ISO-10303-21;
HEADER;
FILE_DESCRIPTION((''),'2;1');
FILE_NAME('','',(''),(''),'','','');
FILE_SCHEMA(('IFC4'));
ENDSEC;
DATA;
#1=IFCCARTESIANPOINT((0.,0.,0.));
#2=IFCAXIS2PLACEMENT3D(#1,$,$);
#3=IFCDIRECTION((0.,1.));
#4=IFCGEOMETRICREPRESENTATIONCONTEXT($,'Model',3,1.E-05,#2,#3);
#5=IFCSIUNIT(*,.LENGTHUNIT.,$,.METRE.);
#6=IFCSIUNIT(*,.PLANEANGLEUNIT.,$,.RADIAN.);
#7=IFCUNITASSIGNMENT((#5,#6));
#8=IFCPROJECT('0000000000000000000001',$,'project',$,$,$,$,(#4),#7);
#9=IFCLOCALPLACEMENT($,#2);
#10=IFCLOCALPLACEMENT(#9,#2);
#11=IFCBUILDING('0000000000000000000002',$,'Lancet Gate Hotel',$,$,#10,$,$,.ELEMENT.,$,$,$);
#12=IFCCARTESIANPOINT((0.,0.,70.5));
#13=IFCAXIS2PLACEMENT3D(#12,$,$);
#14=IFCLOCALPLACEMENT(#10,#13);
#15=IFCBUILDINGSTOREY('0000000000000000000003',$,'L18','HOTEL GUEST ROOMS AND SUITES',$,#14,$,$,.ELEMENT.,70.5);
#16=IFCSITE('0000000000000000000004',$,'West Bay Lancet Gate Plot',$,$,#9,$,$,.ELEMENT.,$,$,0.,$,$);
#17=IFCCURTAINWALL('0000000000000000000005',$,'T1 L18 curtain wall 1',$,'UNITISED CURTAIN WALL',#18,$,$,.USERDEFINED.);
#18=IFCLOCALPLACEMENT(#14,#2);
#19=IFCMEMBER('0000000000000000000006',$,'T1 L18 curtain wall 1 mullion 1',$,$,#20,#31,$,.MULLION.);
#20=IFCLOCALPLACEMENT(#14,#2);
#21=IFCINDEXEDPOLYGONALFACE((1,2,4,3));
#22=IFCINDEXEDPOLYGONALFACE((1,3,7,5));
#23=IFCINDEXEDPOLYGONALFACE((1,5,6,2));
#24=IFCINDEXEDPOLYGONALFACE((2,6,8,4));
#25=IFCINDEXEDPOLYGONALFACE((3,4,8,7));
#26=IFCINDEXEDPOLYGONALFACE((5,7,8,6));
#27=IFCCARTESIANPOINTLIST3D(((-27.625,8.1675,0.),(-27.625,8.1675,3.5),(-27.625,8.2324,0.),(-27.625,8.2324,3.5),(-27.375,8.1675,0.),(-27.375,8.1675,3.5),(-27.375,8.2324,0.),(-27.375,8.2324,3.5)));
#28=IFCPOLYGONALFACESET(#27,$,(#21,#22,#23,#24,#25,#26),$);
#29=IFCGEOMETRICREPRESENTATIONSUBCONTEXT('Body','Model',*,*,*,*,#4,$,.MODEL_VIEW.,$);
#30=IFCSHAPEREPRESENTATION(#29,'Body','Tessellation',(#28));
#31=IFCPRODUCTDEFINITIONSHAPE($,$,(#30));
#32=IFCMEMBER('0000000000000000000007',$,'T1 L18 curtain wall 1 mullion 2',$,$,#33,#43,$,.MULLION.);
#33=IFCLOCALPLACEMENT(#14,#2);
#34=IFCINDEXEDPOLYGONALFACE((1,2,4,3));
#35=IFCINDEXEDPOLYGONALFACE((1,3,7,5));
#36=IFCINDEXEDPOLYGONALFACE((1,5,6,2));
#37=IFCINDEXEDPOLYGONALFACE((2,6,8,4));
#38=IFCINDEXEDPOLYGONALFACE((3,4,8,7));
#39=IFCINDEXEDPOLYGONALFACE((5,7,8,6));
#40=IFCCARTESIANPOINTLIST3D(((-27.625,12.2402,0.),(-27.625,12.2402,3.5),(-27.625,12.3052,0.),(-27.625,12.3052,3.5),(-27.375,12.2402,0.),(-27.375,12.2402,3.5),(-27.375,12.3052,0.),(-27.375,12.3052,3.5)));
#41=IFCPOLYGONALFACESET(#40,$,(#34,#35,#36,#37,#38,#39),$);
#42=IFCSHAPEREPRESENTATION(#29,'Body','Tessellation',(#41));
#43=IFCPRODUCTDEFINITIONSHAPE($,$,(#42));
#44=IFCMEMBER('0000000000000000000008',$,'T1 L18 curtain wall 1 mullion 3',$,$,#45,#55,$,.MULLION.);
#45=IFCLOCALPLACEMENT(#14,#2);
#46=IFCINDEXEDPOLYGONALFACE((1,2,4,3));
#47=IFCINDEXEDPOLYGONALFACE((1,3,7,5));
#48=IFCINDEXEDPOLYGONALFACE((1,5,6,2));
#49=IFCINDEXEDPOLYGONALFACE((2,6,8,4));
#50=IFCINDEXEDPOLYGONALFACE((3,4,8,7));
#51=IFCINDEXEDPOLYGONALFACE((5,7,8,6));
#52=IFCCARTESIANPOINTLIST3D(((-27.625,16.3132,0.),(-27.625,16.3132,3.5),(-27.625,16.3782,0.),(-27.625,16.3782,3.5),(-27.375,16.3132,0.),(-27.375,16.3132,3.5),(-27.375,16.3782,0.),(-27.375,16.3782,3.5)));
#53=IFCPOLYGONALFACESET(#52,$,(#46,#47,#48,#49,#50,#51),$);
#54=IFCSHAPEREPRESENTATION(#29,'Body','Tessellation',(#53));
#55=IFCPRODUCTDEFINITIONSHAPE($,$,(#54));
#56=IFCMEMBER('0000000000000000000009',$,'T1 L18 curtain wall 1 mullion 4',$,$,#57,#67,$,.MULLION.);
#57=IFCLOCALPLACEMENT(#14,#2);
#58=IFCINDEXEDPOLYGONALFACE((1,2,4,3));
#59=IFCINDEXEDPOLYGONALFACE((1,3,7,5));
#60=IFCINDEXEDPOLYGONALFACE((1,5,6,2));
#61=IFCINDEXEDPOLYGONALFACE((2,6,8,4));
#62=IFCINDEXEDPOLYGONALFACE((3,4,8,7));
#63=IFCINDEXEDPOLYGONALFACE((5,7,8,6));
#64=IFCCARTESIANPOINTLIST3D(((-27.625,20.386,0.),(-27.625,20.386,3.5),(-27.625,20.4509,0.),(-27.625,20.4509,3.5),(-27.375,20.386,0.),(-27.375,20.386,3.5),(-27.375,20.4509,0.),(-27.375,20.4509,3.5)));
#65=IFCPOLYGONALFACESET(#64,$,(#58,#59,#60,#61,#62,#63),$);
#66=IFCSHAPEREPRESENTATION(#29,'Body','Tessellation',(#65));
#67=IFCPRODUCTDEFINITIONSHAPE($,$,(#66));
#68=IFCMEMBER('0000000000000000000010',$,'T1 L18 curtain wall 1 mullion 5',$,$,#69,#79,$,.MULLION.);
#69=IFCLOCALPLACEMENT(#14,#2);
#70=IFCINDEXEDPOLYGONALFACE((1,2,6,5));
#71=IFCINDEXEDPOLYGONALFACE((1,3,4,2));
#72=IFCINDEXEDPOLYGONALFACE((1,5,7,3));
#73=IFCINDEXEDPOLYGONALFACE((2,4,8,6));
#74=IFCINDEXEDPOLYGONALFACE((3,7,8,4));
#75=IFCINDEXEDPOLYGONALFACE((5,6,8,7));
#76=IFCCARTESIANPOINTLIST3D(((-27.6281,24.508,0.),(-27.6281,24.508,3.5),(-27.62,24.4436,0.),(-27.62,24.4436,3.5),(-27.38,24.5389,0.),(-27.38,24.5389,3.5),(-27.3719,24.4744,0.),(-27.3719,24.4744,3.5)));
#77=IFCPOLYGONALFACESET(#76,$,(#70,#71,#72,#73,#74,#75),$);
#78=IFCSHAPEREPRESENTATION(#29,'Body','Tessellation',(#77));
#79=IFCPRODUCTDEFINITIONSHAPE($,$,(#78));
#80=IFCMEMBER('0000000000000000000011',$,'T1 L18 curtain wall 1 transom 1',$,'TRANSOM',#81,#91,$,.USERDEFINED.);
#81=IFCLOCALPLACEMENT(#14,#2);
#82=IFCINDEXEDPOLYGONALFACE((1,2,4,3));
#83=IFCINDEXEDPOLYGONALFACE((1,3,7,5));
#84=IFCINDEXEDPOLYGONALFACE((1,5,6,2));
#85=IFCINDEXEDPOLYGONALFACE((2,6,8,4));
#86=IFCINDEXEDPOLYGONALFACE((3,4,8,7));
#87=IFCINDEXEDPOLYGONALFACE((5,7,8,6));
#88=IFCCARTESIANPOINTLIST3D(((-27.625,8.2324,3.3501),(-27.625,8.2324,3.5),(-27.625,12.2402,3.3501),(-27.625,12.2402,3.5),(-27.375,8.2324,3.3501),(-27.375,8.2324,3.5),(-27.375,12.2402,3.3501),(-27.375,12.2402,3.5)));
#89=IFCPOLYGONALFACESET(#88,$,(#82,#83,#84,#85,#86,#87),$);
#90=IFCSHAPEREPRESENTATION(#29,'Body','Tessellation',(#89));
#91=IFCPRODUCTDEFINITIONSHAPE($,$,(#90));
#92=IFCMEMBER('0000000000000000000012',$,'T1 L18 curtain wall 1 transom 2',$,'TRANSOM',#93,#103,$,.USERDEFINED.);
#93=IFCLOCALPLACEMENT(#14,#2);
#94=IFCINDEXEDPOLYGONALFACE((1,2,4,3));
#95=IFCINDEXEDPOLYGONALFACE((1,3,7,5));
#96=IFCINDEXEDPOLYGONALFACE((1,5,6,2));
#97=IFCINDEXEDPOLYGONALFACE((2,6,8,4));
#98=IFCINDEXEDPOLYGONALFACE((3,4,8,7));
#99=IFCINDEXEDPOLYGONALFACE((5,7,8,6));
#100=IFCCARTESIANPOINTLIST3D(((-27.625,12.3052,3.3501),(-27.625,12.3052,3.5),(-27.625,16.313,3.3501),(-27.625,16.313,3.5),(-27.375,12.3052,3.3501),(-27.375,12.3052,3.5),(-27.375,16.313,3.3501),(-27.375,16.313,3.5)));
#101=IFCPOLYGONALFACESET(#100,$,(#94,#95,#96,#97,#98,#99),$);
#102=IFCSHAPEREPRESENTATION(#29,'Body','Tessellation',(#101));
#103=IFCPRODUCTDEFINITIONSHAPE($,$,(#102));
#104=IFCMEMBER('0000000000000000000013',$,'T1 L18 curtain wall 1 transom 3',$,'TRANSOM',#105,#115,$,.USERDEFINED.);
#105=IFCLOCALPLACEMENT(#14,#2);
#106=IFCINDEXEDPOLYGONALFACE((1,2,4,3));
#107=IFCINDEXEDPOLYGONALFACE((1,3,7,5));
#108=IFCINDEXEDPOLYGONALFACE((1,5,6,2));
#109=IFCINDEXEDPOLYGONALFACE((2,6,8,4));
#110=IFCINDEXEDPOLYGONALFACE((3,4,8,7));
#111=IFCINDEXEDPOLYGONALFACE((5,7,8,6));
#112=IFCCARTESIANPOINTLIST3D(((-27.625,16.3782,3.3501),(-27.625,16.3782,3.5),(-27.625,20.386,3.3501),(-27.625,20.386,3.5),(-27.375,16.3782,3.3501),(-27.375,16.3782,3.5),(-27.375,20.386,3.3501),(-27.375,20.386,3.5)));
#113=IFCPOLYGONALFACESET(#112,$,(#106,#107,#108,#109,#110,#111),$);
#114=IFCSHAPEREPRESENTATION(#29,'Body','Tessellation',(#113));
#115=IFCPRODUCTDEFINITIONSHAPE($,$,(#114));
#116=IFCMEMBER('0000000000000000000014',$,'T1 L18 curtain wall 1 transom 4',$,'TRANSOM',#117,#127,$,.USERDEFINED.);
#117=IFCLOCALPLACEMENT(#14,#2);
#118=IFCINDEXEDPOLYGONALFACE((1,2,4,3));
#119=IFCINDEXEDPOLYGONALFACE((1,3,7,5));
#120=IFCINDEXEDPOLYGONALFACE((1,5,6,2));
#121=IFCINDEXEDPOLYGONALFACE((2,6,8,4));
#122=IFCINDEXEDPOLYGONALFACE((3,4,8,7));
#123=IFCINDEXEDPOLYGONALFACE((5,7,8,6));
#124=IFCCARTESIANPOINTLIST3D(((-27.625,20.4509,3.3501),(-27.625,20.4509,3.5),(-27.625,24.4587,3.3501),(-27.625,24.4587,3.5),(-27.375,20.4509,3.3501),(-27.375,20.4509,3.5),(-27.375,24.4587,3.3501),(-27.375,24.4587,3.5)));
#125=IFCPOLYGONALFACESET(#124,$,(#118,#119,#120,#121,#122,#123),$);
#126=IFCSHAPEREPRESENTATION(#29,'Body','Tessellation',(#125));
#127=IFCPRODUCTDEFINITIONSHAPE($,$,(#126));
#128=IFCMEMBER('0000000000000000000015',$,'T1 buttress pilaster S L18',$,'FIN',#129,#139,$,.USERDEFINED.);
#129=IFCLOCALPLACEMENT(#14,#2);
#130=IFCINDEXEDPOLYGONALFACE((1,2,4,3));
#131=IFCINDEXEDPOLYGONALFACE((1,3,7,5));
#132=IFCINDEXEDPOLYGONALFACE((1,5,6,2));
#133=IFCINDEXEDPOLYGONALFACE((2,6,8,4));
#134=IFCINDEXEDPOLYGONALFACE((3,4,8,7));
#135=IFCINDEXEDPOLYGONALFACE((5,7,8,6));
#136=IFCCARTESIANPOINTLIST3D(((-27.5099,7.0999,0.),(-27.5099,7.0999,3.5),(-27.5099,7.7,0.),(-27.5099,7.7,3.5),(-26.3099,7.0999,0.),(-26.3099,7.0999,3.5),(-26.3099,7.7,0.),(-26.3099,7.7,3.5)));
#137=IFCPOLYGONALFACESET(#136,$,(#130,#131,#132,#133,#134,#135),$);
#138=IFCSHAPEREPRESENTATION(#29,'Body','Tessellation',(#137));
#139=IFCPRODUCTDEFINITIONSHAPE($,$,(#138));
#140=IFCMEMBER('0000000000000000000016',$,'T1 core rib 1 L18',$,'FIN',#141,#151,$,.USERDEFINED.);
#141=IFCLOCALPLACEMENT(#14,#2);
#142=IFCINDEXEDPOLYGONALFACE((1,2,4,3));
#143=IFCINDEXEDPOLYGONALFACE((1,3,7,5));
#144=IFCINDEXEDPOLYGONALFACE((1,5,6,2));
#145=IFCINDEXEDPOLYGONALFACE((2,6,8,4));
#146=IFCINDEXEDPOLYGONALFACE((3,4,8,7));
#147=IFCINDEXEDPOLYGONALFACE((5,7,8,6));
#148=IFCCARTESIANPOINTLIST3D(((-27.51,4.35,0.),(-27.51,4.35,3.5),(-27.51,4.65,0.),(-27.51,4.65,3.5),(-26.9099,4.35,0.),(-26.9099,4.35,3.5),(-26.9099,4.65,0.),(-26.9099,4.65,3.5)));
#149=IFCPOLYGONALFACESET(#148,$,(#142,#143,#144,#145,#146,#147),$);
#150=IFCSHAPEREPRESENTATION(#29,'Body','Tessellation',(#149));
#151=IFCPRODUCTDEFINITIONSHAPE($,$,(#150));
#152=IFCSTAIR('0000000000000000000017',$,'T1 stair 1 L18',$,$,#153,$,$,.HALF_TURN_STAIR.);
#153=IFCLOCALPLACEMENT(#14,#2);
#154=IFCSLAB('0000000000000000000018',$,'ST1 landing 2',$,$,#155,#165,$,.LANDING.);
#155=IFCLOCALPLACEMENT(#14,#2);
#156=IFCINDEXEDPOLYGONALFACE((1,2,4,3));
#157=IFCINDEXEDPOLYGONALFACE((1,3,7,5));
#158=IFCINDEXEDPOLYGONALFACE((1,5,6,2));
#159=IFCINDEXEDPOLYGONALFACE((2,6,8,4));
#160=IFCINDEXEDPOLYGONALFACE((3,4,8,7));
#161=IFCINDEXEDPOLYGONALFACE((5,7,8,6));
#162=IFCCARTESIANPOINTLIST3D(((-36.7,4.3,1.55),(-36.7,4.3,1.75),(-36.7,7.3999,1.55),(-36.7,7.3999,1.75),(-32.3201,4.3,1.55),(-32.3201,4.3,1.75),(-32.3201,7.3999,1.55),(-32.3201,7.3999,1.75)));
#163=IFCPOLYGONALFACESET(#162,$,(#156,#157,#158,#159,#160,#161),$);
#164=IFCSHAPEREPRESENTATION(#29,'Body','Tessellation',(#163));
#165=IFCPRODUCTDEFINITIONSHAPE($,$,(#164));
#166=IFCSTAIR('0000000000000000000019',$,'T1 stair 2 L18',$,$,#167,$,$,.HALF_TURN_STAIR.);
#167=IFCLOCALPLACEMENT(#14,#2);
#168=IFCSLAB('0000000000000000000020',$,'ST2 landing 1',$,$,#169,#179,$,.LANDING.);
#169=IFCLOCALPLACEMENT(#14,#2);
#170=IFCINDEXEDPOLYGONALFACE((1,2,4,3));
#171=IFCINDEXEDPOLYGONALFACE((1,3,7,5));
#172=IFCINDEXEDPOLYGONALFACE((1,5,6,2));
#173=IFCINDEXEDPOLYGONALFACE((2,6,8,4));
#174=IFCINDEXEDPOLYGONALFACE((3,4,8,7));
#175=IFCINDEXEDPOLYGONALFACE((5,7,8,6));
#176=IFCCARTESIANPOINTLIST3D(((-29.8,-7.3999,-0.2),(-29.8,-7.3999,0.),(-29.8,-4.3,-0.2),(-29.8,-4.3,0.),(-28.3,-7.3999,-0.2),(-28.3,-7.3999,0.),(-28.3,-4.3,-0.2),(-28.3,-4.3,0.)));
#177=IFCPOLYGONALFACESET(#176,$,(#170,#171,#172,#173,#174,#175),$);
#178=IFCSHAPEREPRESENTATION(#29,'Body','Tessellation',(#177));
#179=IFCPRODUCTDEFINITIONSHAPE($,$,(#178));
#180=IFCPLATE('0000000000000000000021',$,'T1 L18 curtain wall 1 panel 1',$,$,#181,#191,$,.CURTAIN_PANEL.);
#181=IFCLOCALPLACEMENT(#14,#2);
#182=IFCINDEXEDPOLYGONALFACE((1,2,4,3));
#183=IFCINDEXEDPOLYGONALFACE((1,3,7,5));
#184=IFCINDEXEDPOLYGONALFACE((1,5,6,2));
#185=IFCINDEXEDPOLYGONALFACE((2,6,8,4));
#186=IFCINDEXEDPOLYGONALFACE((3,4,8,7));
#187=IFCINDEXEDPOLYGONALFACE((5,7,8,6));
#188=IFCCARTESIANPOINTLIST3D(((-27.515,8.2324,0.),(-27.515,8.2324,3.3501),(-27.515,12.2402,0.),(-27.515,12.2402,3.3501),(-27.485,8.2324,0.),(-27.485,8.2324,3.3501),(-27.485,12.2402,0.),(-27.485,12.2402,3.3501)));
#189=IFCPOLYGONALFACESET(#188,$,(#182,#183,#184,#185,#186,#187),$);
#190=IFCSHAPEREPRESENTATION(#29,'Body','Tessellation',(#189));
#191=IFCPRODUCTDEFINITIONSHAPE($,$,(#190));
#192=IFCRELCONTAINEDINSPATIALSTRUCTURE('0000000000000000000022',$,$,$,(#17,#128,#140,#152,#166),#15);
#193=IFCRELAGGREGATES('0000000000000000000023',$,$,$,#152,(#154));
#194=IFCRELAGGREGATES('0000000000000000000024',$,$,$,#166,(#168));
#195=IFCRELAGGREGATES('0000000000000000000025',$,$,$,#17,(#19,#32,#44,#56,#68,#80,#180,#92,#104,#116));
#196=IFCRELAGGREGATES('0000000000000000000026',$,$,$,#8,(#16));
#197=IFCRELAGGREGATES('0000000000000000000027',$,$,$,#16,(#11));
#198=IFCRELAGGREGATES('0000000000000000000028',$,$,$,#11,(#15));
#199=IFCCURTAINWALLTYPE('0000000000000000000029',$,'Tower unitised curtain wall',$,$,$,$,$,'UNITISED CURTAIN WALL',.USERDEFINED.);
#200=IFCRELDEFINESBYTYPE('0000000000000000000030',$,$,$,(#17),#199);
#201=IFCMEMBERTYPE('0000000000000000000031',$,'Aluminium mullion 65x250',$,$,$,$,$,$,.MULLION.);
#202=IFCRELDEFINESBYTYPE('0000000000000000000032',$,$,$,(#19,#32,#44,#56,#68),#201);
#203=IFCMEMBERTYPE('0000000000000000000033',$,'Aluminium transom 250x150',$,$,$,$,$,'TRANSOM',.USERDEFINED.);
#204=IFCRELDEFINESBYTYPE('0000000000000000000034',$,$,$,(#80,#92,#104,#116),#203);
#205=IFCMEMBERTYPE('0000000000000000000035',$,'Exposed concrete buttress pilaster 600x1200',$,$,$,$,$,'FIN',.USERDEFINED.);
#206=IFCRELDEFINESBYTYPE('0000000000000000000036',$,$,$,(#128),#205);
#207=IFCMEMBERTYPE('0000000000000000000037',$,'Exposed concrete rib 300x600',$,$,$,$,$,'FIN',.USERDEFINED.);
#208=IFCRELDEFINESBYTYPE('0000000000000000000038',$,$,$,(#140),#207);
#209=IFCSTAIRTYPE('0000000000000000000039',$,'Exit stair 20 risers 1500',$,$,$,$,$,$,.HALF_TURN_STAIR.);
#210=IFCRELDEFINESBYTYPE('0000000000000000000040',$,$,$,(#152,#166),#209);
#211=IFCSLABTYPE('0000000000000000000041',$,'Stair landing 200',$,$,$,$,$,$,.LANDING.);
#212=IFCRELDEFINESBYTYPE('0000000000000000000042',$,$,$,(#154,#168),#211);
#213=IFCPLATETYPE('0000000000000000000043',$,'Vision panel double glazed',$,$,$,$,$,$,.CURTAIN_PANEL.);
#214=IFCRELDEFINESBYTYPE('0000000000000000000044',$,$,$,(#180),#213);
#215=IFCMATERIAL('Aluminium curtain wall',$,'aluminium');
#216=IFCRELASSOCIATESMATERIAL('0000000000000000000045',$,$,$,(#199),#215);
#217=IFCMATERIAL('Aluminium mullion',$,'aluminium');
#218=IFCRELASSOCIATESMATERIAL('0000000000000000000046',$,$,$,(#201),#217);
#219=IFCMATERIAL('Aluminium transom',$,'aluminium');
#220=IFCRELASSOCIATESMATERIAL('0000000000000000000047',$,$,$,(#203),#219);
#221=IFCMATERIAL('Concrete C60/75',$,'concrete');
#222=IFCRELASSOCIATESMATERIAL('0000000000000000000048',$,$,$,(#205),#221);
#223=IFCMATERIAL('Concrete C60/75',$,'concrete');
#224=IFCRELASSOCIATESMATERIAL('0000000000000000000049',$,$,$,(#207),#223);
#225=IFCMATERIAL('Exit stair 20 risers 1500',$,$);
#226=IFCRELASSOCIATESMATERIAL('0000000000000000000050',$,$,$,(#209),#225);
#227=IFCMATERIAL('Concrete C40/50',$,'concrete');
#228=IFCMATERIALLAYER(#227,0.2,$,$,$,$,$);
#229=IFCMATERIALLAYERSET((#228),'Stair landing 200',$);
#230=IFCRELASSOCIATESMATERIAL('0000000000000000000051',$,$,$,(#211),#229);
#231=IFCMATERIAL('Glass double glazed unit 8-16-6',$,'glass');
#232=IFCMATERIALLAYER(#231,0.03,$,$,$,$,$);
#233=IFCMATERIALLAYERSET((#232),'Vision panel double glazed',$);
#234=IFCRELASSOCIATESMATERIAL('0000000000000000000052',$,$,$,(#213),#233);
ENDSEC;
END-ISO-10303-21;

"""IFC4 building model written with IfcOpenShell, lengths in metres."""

from ifc_helpers import new_model, si_unit, direction, frame, origin, origin_2d, place, context, subcontext, project, spatial, polyline, rectangle, outline, extrude, material, layer, layer_set, material_profile, profile_set, type_object, element, aggregate, save


model = new_model("IFC4")

# Units and contexts
model_context = context("Model", 3, precision=1e-05, world=origin(), true_north=direction((0.0, 1.0)))
body_context = subcontext(model_context, "Body", "Model", "MODEL_VIEW")
ifc_project = project(units=[si_unit("LENGTHUNIT", "METRE"), si_unit("PLANEANGLEUNIT", "RADIAN")], contexts=[model_context])

# Site, building, storey
site_placement = place(None, origin())
site = spatial("IfcSite", under=ifc_project, at=site_placement, Name="West Bay Lancet Gate Plot", CompositionType="ELEMENT", RefElevation=0.0)
building_placement = place(site_placement, origin())
building = spatial("IfcBuilding", under=site, at=building_placement, Name="Lancet Gate Hotel", CompositionType="ELEMENT")
storey_placement = place(building_placement, frame((0.0, 0.0, 70.5)))
storey = spatial("IfcBuildingStorey", under=building, at=storey_placement, Name="L18", Description="HOTEL GUEST ROOMS AND SUITES", CompositionType="ELEMENT", Elevation=70.5)

# Curtain wall, members
ifc_material_1 = material(Name="Aluminium curtain wall", Category="aluminium")
curtain_wall_type = type_object("IfcCurtainWallType", Name="Tower unitised curtain wall", ElementType="UNITISED CURTAIN WALL", PredefinedType="USERDEFINED", material=ifc_material_1)
curtain_wall_placement = place(storey_placement, origin())
curtain_wall = element("IfcCurtainWall", 1, at=curtain_wall_placement, inside=storey, type_object=curtain_wall_type, Name="T1 L18 curtain wall 1", ObjectType="UNITISED CURTAIN WALL", PredefinedType="USERDEFINED")
ifc_material_2 = material(Name="Aluminium mullion", Category="aluminium")
ifc_material_profile_1 = material_profile(ifc_material_2, rectangle(XDim=0.0649, YDim=0.25, at=origin_2d()), Name="MULLION 65x250")
ifc_profile_set_1 = profile_set([ifc_material_profile_1], Name="Aluminium mullion")
member_type_1 = type_object("IfcMemberType", Name="Aluminium mullion 65x250", PredefinedType="MULLION", material=ifc_profile_set_1)
member_1_placement = place(storey_placement, frame((-27.5, 8.2, 0.0), z_axis=(0.0, 0.0, 1.0), x_axis=(0.0, 1.0, 0.0)))
member_1 = element("IfcMember", 2, at=member_1_placement, type_object=member_type_1, Name="T1 L18 curtain wall 1 mullion 1", PredefinedType="MULLION", context=body_context, shape_type="SweptSolid", body=[
    extrude(rectangle(XDim=0.0649, YDim=0.25, at=origin_2d()), origin(), (0.0, 0.0, 1.0), 3.5),
])
member_2_placement = place(storey_placement, frame((-27.5, 12.2727, 0.0), z_axis=(0.0, 0.0, 1.0), x_axis=(0.0, 1.0, 0.0)))
member_2 = element("IfcMember", 3, at=member_2_placement, type_object=member_type_1, Name="T1 L18 curtain wall 1 mullion 2", PredefinedType="MULLION", context=body_context, shape_type="SweptSolid", body=[
    extrude(rectangle(XDim=0.0649, YDim=0.25, at=origin_2d()), origin(), (0.0, 0.0, 1.0), 3.5),
])
member_3_placement = place(storey_placement, frame((-27.5, 16.3457, 0.0), z_axis=(0.0, 0.0, 1.0), x_axis=(0.0, 1.0, 0.0)))
member_3 = element("IfcMember", 4, at=member_3_placement, type_object=member_type_1, Name="T1 L18 curtain wall 1 mullion 3", PredefinedType="MULLION", context=body_context, shape_type="SweptSolid", body=[
    extrude(rectangle(XDim=0.0649, YDim=0.25, at=origin_2d()), origin(), (0.0, 0.0, 1.0), 3.5),
])
member_4_placement = place(storey_placement, frame((-27.5, 20.4185, 0.0), z_axis=(0.0, 0.0, 1.0), x_axis=(0.0, 1.0, 0.0)))
member_4 = element("IfcMember", 5, at=member_4_placement, type_object=member_type_1, Name="T1 L18 curtain wall 1 mullion 4", PredefinedType="MULLION", context=body_context, shape_type="SweptSolid", body=[
    extrude(rectangle(XDim=0.0649, YDim=0.25, at=origin_2d()), origin(), (0.0, 0.0, 1.0), 3.5),
])
member_5_placement = place(storey_placement, frame((-27.5, 24.4912, 0.0), z_axis=(0.0, 0.0, 1.0), x_axis=(-0.123483, 0.992347, 0.0)))
member_5 = element("IfcMember", 6, at=member_5_placement, type_object=member_type_1, Name="T1 L18 curtain wall 1 mullion 5", PredefinedType="MULLION", context=body_context, shape_type="SweptSolid", body=[
    extrude(rectangle(XDim=0.0649, YDim=0.25, at=origin_2d()), origin(), (0.0, 0.0, 1.0), 3.5),
])
ifc_material_3 = material(Name="Aluminium transom", Category="aluminium")
ifc_material_profile_2 = material_profile(ifc_material_3, rectangle(XDim=0.25, YDim=0.1499, at=origin_2d()), Name="TRANSOM 250x150")
ifc_profile_set_2 = profile_set([ifc_material_profile_2], Name="Aluminium transom")
member_type_2 = type_object("IfcMemberType", Name="Aluminium transom 250x150", ElementType="TRANSOM", PredefinedType="USERDEFINED", material=ifc_profile_set_2)
member_6_placement = place(storey_placement, frame((-27.5, 8.2324, 3.425), z_axis=(0.0, 1.0, 0.0), x_axis=(-1.0, 0.0, 0.0)))
member_6 = element("IfcMember", 7, at=member_6_placement, type_object=member_type_2, Name="T1 L18 curtain wall 1 transom 1", ObjectType="TRANSOM", PredefinedType="USERDEFINED", context=body_context, shape_type="SweptSolid", body=[
    extrude(rectangle(XDim=0.25, YDim=0.1499, at=origin_2d()), origin(), (0.0, 0.0, 1.0), 4.0078),
])
member_7_placement = place(storey_placement, frame((-27.5, 12.3052, 3.425), z_axis=(0.0, 1.0, 0.0), x_axis=(-1.0, 0.0, 0.0)))
member_7 = element("IfcMember", 8, at=member_7_placement, type_object=member_type_2, Name="T1 L18 curtain wall 1 transom 2", ObjectType="TRANSOM", PredefinedType="USERDEFINED", context=body_context, shape_type="SweptSolid", body=[
    extrude(rectangle(XDim=0.25, YDim=0.1499, at=origin_2d()), origin(), (0.0, 0.0, 1.0), 4.0078),
])
member_8_placement = place(storey_placement, frame((-27.5, 16.3782, 3.425), z_axis=(0.0, 1.0, 0.0), x_axis=(-1.0, 0.0, 0.0)))
member_8 = element("IfcMember", 9, at=member_8_placement, type_object=member_type_2, Name="T1 L18 curtain wall 1 transom 3", ObjectType="TRANSOM", PredefinedType="USERDEFINED", context=body_context, shape_type="SweptSolid", body=[
    extrude(rectangle(XDim=0.25, YDim=0.1499, at=origin_2d()), origin(), (0.0, 0.0, 1.0), 4.0078),
])
member_9_placement = place(storey_placement, frame((-27.5, 20.4509, 3.425), z_axis=(0.0, 1.0, 0.0), x_axis=(-1.0, 0.0, 0.0)))
member_9 = element("IfcMember", 10, at=member_9_placement, type_object=member_type_2, Name="T1 L18 curtain wall 1 transom 4", ObjectType="TRANSOM", PredefinedType="USERDEFINED", context=body_context, shape_type="SweptSolid", body=[
    extrude(rectangle(XDim=0.25, YDim=0.1499, at=origin_2d()), origin(), (0.0, 0.0, 1.0), 4.0078),
])

# Members
ifc_material_4 = material(Name="Concrete C60/75", Category="concrete")
ifc_material_profile_3 = material_profile(ifc_material_4, rectangle(XDim=0.6001, YDim=1.2, at=origin_2d()), Name="FIN 600x1200")
ifc_profile_set_3 = profile_set([ifc_material_profile_3], Name="Concrete C60/75")
member_type_3 = type_object("IfcMemberType", Name="Exposed concrete buttress pilaster 600x1200", ElementType="FIN", PredefinedType="USERDEFINED", material=ifc_profile_set_3)
member_10_placement = place(storey_placement, frame((-26.9099, 7.3999, 0.0), z_axis=(0.0, 0.0, 1.0), x_axis=(0.0, 1.0, 0.0)))
element("IfcMember", 11, at=member_10_placement, inside=storey, type_object=member_type_3, Name="T1 buttress pilaster S L18", ObjectType="FIN", PredefinedType="USERDEFINED", context=body_context, shape_type="SweptSolid", body=[
    extrude(rectangle(XDim=0.6001, YDim=1.2, at=origin_2d()), origin(), (0.0, 0.0, 1.0), 3.5),
])
ifc_material_5 = material(Name="Concrete C60/75", Category="concrete")
ifc_material_profile_4 = material_profile(ifc_material_5, rectangle(XDim=0.3, YDim=0.6001, at=origin_2d()), Name="FIN 300x600")
ifc_profile_set_4 = profile_set([ifc_material_profile_4], Name="Concrete C60/75")
member_type_4 = type_object("IfcMemberType", Name="Exposed concrete rib 300x600", ElementType="FIN", PredefinedType="USERDEFINED", material=ifc_profile_set_4)
member_11_placement = place(storey_placement, frame((-27.21, 4.5, 0.0), z_axis=(0.0, 0.0, 1.0), x_axis=(0.0, 1.0, 0.0)))
element("IfcMember", 12, at=member_11_placement, inside=storey, type_object=member_type_4, Name="T1 core rib 1 L18", ObjectType="FIN", PredefinedType="USERDEFINED", context=body_context, shape_type="SweptSolid", body=[
    extrude(rectangle(XDim=0.3, YDim=0.6001, at=origin_2d()), origin(), (0.0, 0.0, 1.0), 3.5),
])

# Stairs, slabs
ifc_material_6 = material(Name="Exit stair 20 risers 1500")
stair_type = type_object("IfcStairType", Name="Exit stair 20 risers 1500", PredefinedType="HALF_TURN_STAIR", material=ifc_material_6)
stair_1_placement = place(storey_placement, origin())
stair_1 = element("IfcStair", 13, at=stair_1_placement, inside=storey, type_object=stair_type, Name="T1 stair 1 L18", PredefinedType="HALF_TURN_STAIR")
ifc_material_7 = material(Name="Concrete C40/50", Category="concrete")
ifc_layer_1 = layer(ifc_material_7, 0.2)
ifc_layer_set_1 = layer_set([ifc_layer_1], Name="Stair landing 200")
slab_type = type_object("IfcSlabType", Name="Stair landing 200", PredefinedType="LANDING", material=ifc_layer_set_1)
slab_1_placement = place(storey_placement, frame((0.0, 0.0, 1.55)))
slab_1 = element("IfcSlab", 14, at=slab_1_placement, type_object=slab_type, Name="ST1 landing 2", PredefinedType="LANDING", context=body_context, shape_type="SweptSolid", body=[
    extrude(outline(polyline([(-32.3201, 7.3999), (-36.7, 7.3999), (-36.7, 4.3), (-32.3201, 4.3), (-32.3201, 7.3999)])), origin(), (0.0, 0.0, 1.0), 0.2),
])
aggregate(stair_1, [slab_1])
stair_2_placement = place(storey_placement, origin())
stair_2 = element("IfcStair", 15, at=stair_2_placement, inside=storey, type_object=stair_type, Name="T1 stair 2 L18", PredefinedType="HALF_TURN_STAIR")
slab_2_placement = place(storey_placement, frame((0.0, 0.0, -0.2)))
slab_2 = element("IfcSlab", 16, at=slab_2_placement, type_object=slab_type, Name="ST2 landing 1", PredefinedType="LANDING", context=body_context, shape_type="SweptSolid", body=[
    extrude(outline(polyline([(-28.3, -4.3), (-29.8, -4.3), (-29.8, -7.3999), (-28.3, -7.3999), (-28.3, -4.3)])), origin(), (0.0, 0.0, 1.0), 0.2),
])
aggregate(stair_2, [slab_2])

# Plate
ifc_material_8 = material(Name="Glass double glazed unit 8-16-6", Category="glass")
ifc_layer_2 = layer(ifc_material_8, 0.03)
ifc_layer_set_2 = layer_set([ifc_layer_2], Name="Vision panel double glazed")
plate_type = type_object("IfcPlateType", Name="Vision panel double glazed", PredefinedType="CURTAIN_PANEL", material=ifc_layer_set_2)
plate_1_placement = place(storey_placement, frame((-27.5, 10.2363, 0.0), z_axis=(0.0, 0.0, 1.0), x_axis=(0.0, 1.0, 0.0)))
plate_1 = element("IfcPlate", 17, at=plate_1_placement, type_object=plate_type, Name="T1 L18 curtain wall 1 panel 1", PredefinedType="CURTAIN_PANEL", context=body_context, shape_type="SweptSolid", body=[
    extrude(rectangle(XDim=4.0078, YDim=0.03, at=origin_2d()), origin(), (0.0, 0.0, 1.0), 3.3501),
])
aggregate(curtain_wall, [member_1, member_2, member_3, member_4, member_5, member_6, plate_1, member_7, member_8, member_9])

save(model, "model.ifc")
